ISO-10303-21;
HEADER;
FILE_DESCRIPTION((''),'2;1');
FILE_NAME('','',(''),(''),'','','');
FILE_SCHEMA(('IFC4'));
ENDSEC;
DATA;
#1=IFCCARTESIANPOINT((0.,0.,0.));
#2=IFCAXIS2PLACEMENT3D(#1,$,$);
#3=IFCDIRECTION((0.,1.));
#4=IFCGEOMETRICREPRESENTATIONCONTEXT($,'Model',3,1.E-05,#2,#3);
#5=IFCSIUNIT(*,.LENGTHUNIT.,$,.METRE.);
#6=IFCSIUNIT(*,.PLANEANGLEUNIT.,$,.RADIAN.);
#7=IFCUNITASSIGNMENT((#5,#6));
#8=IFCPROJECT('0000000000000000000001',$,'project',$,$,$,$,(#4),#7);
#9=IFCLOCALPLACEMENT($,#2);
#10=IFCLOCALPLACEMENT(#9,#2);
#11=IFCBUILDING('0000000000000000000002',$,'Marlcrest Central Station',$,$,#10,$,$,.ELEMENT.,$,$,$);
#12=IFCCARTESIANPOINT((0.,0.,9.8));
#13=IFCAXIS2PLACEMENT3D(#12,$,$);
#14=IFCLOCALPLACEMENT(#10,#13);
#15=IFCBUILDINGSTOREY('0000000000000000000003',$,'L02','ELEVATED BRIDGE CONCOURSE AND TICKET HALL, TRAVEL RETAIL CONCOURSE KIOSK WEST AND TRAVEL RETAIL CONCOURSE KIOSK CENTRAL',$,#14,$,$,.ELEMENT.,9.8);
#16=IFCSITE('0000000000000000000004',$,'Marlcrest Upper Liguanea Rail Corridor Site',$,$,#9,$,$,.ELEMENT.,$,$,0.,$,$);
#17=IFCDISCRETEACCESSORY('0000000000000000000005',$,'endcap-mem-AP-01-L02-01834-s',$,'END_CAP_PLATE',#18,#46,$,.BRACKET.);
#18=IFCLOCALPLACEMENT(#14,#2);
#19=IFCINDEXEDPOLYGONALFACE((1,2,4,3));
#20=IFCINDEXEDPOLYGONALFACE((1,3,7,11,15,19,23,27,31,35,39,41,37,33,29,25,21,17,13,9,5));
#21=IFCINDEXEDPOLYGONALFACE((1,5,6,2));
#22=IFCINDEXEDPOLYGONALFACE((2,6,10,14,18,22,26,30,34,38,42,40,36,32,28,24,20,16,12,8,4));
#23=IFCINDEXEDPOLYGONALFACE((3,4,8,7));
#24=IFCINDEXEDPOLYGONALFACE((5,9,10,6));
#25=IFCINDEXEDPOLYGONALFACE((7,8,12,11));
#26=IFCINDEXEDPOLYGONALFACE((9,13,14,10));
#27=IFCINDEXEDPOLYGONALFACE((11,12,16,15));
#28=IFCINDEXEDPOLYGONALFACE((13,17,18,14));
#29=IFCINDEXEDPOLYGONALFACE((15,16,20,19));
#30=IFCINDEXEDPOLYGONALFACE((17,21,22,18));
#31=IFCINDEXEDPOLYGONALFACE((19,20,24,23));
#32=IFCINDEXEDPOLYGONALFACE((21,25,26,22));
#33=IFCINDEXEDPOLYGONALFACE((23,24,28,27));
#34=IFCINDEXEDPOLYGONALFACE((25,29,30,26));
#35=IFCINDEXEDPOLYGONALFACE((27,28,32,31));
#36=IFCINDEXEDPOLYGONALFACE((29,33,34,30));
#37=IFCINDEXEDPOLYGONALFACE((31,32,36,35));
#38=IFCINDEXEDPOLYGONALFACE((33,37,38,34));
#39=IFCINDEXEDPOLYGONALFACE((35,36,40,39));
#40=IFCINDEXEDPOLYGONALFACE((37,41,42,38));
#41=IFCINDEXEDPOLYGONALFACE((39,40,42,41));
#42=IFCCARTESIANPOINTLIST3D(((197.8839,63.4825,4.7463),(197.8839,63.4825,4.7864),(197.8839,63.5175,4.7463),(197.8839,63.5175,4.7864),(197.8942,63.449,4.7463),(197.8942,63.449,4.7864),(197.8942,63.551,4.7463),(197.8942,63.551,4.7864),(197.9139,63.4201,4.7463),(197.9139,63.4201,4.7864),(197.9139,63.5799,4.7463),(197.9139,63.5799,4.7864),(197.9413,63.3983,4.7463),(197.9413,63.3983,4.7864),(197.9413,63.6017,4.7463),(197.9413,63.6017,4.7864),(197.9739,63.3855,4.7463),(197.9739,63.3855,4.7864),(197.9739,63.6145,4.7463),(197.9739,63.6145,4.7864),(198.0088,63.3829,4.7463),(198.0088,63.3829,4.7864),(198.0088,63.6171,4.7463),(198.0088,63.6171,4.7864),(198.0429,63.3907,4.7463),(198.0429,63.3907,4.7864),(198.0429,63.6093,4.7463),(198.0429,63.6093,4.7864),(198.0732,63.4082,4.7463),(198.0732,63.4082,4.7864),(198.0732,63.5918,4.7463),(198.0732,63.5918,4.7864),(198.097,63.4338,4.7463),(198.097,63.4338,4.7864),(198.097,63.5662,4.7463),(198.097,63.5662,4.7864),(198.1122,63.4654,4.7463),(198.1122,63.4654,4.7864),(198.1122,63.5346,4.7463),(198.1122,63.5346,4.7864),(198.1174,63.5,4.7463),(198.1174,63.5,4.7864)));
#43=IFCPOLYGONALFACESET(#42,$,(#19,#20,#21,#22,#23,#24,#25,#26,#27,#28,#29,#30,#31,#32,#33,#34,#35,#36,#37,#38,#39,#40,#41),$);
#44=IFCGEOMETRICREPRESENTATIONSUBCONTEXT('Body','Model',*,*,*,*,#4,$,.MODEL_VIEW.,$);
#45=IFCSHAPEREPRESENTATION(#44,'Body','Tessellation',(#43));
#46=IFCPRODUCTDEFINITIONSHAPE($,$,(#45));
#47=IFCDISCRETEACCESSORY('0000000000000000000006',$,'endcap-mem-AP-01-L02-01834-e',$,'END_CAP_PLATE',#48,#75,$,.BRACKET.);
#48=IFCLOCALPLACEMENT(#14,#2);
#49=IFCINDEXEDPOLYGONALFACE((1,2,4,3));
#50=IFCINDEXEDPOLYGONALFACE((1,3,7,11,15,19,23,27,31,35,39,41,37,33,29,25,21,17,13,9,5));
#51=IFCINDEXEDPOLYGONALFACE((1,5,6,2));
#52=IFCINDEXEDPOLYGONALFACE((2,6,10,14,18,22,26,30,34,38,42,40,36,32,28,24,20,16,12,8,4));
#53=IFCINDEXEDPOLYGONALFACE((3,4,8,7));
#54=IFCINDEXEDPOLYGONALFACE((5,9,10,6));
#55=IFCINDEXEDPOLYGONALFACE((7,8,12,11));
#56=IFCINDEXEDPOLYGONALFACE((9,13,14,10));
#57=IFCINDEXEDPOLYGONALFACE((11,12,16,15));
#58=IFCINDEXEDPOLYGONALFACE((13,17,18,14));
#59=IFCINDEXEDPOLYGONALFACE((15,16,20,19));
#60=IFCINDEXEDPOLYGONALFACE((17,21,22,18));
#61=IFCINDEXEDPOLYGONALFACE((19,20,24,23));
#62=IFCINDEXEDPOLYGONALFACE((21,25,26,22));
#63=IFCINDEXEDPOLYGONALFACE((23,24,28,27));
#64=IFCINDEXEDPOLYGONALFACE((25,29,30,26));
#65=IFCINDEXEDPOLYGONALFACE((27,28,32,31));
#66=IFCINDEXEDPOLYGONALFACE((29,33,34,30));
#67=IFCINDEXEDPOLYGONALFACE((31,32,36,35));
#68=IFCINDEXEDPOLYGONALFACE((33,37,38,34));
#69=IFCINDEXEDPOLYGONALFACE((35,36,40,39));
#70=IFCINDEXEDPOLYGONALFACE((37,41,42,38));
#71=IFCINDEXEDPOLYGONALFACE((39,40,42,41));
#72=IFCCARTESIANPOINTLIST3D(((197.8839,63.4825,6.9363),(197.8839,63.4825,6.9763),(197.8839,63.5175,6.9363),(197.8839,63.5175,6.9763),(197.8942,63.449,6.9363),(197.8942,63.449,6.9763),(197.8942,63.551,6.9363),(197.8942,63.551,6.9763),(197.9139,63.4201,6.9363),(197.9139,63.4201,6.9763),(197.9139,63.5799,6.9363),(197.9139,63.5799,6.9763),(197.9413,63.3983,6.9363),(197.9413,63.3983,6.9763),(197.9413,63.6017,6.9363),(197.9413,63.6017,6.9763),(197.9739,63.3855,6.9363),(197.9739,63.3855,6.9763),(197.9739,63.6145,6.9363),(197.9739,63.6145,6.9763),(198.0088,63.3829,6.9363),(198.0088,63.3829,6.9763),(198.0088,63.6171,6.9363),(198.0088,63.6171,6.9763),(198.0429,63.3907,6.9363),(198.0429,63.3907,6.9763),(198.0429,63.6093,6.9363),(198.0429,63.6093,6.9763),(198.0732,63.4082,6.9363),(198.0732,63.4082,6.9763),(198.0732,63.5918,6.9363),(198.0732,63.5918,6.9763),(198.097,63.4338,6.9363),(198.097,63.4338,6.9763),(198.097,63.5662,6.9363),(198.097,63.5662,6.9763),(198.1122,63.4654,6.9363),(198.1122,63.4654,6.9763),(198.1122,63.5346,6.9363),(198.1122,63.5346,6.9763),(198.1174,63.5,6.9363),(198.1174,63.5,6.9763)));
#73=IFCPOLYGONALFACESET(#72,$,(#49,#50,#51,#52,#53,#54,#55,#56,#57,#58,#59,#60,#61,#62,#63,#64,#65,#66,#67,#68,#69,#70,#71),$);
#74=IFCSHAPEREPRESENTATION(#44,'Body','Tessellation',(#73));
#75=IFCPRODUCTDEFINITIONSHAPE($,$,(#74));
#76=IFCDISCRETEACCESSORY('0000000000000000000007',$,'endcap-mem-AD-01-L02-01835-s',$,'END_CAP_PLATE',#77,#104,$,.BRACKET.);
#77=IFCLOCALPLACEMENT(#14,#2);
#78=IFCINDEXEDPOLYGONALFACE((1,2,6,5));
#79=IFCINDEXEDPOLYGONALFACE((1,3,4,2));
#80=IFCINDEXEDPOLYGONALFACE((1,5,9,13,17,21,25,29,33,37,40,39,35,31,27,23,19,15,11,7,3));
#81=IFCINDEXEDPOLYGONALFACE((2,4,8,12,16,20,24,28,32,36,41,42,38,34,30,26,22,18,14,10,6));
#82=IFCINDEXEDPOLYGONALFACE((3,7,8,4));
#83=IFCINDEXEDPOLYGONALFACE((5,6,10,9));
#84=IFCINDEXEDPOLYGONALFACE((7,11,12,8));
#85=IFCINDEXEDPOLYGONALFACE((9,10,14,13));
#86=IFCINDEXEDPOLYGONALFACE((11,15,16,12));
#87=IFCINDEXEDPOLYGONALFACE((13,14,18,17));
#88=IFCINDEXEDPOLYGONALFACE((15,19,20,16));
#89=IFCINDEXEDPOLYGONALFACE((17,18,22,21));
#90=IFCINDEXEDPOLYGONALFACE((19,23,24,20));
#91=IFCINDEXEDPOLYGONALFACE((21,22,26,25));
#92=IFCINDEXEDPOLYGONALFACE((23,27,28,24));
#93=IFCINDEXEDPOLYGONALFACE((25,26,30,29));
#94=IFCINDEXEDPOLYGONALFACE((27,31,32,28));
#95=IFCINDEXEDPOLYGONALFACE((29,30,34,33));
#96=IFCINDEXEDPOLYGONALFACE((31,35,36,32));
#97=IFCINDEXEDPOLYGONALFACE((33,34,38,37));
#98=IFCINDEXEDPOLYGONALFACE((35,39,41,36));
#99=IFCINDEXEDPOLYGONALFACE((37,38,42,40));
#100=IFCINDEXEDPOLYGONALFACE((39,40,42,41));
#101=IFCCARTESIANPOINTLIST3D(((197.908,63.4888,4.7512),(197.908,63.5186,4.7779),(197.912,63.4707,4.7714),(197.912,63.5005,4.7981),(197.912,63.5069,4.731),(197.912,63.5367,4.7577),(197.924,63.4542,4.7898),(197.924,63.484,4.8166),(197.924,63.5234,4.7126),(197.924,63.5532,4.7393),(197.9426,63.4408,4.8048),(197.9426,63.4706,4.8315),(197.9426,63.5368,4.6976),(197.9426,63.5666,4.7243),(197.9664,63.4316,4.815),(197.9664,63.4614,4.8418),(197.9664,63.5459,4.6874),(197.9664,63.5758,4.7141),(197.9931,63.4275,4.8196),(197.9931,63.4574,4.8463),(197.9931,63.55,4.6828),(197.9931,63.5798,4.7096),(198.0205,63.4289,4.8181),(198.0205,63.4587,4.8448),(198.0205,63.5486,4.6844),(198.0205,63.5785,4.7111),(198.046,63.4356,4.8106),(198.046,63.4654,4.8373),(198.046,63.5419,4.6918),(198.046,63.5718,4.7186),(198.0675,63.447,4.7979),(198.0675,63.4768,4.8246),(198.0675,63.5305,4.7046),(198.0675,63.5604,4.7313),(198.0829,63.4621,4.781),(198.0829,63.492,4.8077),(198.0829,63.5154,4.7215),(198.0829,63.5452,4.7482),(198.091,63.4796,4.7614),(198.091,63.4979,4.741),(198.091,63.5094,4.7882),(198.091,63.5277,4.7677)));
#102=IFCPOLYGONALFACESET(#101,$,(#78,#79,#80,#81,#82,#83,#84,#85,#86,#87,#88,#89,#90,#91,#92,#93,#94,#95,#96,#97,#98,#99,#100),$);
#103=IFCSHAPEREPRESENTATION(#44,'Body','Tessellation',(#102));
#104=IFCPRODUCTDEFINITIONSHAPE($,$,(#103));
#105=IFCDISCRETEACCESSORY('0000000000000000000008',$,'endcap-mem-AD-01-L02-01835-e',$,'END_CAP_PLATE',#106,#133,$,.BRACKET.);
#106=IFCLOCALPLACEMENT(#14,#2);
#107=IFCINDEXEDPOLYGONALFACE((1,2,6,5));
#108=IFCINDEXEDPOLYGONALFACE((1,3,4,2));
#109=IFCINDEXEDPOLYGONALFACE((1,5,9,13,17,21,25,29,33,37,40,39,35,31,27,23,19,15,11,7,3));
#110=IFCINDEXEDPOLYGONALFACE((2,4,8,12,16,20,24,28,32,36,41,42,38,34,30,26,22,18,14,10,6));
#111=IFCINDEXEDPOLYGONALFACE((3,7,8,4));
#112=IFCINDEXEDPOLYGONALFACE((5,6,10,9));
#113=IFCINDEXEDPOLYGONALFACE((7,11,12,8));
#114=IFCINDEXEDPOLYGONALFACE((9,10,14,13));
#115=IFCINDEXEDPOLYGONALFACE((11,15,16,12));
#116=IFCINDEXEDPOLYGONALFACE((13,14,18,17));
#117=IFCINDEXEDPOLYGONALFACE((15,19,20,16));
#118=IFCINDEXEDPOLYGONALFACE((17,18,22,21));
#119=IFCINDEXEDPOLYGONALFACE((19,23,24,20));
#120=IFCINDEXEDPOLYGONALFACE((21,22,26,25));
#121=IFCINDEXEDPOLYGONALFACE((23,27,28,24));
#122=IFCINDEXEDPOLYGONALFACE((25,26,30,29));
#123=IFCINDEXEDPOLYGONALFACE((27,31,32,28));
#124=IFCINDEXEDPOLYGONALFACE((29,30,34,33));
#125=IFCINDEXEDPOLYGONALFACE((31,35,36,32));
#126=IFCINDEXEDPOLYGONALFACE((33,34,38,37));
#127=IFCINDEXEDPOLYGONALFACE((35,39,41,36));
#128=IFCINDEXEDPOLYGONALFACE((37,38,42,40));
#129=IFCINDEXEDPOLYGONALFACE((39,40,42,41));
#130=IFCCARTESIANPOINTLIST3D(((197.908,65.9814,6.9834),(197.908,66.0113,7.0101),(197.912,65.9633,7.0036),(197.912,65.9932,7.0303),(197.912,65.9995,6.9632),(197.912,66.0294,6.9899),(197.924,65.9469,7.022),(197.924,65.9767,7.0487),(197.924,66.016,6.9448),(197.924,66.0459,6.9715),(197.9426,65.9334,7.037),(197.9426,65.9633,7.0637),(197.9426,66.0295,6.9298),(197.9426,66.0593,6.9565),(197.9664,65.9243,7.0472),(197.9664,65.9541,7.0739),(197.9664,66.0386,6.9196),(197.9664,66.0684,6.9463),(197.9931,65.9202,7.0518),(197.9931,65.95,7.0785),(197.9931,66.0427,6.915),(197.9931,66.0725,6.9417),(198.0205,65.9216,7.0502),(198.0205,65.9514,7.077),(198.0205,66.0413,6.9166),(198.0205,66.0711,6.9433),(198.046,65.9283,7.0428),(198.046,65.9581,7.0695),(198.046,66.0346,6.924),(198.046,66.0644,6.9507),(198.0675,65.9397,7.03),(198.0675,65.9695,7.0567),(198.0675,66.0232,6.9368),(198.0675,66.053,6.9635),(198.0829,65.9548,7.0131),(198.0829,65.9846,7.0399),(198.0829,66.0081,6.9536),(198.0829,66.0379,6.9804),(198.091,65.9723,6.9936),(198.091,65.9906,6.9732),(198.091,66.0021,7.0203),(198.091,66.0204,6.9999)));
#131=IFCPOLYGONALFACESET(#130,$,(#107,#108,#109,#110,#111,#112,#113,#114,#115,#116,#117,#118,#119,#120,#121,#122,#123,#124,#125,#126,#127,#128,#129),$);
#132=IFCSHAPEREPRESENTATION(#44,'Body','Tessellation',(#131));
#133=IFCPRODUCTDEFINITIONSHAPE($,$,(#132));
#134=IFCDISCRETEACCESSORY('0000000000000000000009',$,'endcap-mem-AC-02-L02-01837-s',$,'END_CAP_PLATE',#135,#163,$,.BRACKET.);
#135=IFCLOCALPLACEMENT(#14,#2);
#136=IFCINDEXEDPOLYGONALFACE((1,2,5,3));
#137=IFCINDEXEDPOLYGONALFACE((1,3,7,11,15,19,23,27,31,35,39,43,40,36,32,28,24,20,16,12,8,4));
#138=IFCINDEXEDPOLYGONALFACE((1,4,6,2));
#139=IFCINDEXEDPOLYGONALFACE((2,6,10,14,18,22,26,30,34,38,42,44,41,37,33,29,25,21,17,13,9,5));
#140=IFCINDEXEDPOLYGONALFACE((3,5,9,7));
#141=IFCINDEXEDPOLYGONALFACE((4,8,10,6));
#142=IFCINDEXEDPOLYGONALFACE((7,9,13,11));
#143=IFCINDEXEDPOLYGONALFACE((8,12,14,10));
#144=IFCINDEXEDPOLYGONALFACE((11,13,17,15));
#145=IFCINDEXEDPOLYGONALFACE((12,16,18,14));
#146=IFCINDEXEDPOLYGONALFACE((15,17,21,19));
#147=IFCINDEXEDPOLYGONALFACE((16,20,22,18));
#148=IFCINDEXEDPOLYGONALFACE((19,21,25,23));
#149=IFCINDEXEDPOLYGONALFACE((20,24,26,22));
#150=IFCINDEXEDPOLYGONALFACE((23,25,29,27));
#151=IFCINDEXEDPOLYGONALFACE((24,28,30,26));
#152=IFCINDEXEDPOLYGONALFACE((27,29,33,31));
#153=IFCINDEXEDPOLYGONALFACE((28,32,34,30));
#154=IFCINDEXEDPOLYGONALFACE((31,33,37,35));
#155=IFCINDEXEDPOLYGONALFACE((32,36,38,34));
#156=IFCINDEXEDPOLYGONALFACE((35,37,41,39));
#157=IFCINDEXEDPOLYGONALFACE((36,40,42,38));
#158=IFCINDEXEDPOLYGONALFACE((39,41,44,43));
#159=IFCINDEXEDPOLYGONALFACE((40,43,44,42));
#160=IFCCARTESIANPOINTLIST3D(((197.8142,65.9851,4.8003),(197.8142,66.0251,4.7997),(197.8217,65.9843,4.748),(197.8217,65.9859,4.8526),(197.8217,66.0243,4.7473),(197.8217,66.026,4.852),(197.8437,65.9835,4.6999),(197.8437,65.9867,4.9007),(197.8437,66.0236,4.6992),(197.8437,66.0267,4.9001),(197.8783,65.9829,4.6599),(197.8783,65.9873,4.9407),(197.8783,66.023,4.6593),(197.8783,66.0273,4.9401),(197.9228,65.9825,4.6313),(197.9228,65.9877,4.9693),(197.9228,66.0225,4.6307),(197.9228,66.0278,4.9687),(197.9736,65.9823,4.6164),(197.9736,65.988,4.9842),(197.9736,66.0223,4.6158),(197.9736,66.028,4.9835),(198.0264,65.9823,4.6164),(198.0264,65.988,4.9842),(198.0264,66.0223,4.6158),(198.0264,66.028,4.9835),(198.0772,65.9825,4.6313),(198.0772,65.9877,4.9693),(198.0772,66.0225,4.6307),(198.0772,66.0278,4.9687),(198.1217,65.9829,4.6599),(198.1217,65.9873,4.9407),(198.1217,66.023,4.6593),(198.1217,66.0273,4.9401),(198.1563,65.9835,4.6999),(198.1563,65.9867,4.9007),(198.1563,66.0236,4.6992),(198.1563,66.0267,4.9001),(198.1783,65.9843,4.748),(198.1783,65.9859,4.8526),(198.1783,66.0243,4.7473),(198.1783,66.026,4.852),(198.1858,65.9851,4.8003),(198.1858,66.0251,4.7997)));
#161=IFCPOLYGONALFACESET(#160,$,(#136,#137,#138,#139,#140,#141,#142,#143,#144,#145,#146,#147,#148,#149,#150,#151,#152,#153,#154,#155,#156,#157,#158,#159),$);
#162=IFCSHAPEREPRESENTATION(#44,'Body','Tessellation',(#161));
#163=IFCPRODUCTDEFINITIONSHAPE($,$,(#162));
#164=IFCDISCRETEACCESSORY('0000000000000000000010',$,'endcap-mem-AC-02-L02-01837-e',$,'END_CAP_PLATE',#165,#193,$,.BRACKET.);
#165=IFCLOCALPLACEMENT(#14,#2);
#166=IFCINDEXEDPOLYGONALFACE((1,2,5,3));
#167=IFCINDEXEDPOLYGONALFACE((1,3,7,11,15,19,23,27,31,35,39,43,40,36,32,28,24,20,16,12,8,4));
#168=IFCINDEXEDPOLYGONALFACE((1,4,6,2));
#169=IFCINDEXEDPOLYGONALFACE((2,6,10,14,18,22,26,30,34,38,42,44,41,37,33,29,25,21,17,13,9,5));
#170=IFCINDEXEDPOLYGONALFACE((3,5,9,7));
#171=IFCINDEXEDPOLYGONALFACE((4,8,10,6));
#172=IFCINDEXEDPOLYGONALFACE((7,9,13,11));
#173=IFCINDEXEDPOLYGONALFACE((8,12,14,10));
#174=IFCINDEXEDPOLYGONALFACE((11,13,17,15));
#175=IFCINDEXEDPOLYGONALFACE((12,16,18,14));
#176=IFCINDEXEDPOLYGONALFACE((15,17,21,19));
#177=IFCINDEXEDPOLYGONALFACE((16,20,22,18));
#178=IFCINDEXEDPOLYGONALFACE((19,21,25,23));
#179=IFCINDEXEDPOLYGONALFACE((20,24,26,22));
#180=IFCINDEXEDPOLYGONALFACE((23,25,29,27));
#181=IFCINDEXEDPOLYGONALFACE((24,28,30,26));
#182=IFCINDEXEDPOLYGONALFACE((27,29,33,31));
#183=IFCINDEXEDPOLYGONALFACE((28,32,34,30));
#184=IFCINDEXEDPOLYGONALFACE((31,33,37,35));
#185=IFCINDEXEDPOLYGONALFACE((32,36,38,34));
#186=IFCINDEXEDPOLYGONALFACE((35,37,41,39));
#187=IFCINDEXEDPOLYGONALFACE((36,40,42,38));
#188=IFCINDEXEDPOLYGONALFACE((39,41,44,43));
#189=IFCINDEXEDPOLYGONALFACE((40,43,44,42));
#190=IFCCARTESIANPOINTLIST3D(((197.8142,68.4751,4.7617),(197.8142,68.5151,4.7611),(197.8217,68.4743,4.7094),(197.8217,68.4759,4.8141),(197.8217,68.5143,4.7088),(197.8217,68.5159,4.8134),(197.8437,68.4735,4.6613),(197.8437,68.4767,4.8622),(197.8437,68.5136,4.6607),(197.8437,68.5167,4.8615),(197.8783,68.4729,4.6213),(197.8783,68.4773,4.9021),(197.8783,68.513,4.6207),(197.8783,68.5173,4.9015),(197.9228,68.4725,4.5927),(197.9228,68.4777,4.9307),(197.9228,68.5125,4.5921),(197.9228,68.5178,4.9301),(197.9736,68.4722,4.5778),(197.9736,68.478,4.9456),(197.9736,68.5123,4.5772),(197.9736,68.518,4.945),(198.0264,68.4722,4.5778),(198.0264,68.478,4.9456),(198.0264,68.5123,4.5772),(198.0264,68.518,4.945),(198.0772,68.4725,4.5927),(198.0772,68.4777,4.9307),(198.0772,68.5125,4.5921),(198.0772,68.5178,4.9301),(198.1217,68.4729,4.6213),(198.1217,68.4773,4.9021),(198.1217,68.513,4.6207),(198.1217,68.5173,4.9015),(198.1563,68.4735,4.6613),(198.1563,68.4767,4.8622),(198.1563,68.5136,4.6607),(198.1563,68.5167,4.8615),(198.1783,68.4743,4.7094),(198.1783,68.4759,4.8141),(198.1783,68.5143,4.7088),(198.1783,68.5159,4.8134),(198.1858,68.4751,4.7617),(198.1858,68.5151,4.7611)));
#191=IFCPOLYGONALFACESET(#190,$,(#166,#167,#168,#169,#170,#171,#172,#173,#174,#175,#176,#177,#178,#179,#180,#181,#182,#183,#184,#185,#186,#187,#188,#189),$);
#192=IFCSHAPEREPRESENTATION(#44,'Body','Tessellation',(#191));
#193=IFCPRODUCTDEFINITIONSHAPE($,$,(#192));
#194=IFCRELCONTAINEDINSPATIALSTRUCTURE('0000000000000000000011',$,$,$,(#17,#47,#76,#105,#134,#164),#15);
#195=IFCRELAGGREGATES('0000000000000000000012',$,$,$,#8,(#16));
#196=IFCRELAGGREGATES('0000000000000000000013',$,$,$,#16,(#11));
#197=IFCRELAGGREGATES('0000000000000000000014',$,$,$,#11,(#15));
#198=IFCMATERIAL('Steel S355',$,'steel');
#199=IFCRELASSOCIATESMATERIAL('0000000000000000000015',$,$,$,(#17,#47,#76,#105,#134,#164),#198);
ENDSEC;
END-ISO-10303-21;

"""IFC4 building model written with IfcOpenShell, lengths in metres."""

from ifc_helpers import new_model, si_unit, direction, frame, origin, origin_2d, place, context, subcontext, project, spatial, circle, extrude, material, element, save


model = new_model("IFC4")

# Units and contexts
model_context = context("Model", 3, precision=1e-05, world=origin(), true_north=direction((0.0, 1.0)))
body_context = subcontext(model_context, "Body", "Model", "MODEL_VIEW")
ifc_project = project(units=[si_unit("LENGTHUNIT", "METRE"), si_unit("PLANEANGLEUNIT", "RADIAN")], contexts=[model_context])

# Site, building, storey
site_placement = place(None, origin())
site = spatial("IfcSite", under=ifc_project, at=site_placement, Name="Marlcrest Upper Liguanea Rail Corridor Site", CompositionType="ELEMENT", RefElevation=0.0)
building_placement = place(site_placement, origin())
building = spatial("IfcBuilding", under=site, at=building_placement, Name="Marlcrest Central Station", CompositionType="ELEMENT")
storey_placement = place(building_placement, frame((0.0, 0.0, 9.8)))
storey = spatial("IfcBuildingStorey", under=building, at=storey_placement, Name="L02", Description="ELEVATED BRIDGE CONCOURSE AND TICKET HALL, TRAVEL RETAIL CONCOURSE KIOSK WEST AND TRAVEL RETAIL CONCOURSE KIOSK CENTRAL", CompositionType="ELEMENT", Elevation=9.8)

# Shared definitions
ifc_material = material(Name="Steel S355", Category="steel")

# Discrete accessories
for number, where, z_axis, x_axis, name in (
    (1, (198.0, 63.5, 4.7463), (0.0, 0.0, 1.0), (1.0, 0.0, 0.0), "endcap-mem-AP-01-L02-01834-s"),
    (2, (198.0, 63.5, 6.9363), (0.0, 0.0, 1.0), (1.0, 0.0, 0.0), "endcap-mem-AP-01-L02-01834-e"),
):
    element("IfcDiscreteAccessory", number, at=place(storey_placement, frame(where, z_axis=z_axis, x_axis=x_axis)), inside=storey, material=ifc_material, Name=name, ObjectType="END_CAP_PLATE", PredefinedType="BRACKET", context=body_context, shape_type="SweptSolid", body=[
        extrude(circle(Radius=0.1174, at=origin_2d()), origin(), (0.0, 0.0, 1.0), 0.04),
    ])
for number, where, z_axis, x_axis, name in (
    (3, (198.0, 63.4888, 4.7512), (0.0, 0.744956, 0.667114), (-1.0, 0.0, 0.0), "endcap-mem-AD-01-L02-01835-s"),
    (4, (198.0, 65.9814, 6.9834), (0.0, 0.744956, 0.667114), (-1.0, 0.0, 0.0), "endcap-mem-AD-01-L02-01835-e"),
):
    element("IfcDiscreteAccessory", number, at=place(storey_placement, frame(where, z_axis=z_axis, x_axis=x_axis)), inside=storey, material=ifc_material, Name=name, ObjectType="END_CAP_PLATE", PredefinedType="BRACKET", context=body_context, shape_type="SweptSolid", body=[
        extrude(circle(Radius=0.092, at=origin_2d()), origin(), (0.0, 0.0, 1.0), 0.04),
    ])
for number, where, z_axis, x_axis, name in (
    (5, (198.0, 65.9851, 4.8003), (0.0, 0.999879, -0.015525), (-1.0, 0.0, 0.0), "endcap-mem-AC-02-L02-01837-s"),
    (6, (198.0, 68.4751, 4.7617), (0.0, 0.999879, -0.015525), (-1.0, 0.0, 0.0), "endcap-mem-AC-02-L02-01837-e"),
):
    element("IfcDiscreteAccessory", number, at=place(storey_placement, frame(where, z_axis=z_axis, x_axis=x_axis)), inside=storey, material=ifc_material, Name=name, ObjectType="END_CAP_PLATE", PredefinedType="BRACKET", context=body_context, shape_type="SweptSolid", body=[
        extrude(circle(Radius=0.1858, at=origin_2d()), origin(), (0.0, 0.0, 1.0), 0.04),
    ])

save(model, "model.ifc")
